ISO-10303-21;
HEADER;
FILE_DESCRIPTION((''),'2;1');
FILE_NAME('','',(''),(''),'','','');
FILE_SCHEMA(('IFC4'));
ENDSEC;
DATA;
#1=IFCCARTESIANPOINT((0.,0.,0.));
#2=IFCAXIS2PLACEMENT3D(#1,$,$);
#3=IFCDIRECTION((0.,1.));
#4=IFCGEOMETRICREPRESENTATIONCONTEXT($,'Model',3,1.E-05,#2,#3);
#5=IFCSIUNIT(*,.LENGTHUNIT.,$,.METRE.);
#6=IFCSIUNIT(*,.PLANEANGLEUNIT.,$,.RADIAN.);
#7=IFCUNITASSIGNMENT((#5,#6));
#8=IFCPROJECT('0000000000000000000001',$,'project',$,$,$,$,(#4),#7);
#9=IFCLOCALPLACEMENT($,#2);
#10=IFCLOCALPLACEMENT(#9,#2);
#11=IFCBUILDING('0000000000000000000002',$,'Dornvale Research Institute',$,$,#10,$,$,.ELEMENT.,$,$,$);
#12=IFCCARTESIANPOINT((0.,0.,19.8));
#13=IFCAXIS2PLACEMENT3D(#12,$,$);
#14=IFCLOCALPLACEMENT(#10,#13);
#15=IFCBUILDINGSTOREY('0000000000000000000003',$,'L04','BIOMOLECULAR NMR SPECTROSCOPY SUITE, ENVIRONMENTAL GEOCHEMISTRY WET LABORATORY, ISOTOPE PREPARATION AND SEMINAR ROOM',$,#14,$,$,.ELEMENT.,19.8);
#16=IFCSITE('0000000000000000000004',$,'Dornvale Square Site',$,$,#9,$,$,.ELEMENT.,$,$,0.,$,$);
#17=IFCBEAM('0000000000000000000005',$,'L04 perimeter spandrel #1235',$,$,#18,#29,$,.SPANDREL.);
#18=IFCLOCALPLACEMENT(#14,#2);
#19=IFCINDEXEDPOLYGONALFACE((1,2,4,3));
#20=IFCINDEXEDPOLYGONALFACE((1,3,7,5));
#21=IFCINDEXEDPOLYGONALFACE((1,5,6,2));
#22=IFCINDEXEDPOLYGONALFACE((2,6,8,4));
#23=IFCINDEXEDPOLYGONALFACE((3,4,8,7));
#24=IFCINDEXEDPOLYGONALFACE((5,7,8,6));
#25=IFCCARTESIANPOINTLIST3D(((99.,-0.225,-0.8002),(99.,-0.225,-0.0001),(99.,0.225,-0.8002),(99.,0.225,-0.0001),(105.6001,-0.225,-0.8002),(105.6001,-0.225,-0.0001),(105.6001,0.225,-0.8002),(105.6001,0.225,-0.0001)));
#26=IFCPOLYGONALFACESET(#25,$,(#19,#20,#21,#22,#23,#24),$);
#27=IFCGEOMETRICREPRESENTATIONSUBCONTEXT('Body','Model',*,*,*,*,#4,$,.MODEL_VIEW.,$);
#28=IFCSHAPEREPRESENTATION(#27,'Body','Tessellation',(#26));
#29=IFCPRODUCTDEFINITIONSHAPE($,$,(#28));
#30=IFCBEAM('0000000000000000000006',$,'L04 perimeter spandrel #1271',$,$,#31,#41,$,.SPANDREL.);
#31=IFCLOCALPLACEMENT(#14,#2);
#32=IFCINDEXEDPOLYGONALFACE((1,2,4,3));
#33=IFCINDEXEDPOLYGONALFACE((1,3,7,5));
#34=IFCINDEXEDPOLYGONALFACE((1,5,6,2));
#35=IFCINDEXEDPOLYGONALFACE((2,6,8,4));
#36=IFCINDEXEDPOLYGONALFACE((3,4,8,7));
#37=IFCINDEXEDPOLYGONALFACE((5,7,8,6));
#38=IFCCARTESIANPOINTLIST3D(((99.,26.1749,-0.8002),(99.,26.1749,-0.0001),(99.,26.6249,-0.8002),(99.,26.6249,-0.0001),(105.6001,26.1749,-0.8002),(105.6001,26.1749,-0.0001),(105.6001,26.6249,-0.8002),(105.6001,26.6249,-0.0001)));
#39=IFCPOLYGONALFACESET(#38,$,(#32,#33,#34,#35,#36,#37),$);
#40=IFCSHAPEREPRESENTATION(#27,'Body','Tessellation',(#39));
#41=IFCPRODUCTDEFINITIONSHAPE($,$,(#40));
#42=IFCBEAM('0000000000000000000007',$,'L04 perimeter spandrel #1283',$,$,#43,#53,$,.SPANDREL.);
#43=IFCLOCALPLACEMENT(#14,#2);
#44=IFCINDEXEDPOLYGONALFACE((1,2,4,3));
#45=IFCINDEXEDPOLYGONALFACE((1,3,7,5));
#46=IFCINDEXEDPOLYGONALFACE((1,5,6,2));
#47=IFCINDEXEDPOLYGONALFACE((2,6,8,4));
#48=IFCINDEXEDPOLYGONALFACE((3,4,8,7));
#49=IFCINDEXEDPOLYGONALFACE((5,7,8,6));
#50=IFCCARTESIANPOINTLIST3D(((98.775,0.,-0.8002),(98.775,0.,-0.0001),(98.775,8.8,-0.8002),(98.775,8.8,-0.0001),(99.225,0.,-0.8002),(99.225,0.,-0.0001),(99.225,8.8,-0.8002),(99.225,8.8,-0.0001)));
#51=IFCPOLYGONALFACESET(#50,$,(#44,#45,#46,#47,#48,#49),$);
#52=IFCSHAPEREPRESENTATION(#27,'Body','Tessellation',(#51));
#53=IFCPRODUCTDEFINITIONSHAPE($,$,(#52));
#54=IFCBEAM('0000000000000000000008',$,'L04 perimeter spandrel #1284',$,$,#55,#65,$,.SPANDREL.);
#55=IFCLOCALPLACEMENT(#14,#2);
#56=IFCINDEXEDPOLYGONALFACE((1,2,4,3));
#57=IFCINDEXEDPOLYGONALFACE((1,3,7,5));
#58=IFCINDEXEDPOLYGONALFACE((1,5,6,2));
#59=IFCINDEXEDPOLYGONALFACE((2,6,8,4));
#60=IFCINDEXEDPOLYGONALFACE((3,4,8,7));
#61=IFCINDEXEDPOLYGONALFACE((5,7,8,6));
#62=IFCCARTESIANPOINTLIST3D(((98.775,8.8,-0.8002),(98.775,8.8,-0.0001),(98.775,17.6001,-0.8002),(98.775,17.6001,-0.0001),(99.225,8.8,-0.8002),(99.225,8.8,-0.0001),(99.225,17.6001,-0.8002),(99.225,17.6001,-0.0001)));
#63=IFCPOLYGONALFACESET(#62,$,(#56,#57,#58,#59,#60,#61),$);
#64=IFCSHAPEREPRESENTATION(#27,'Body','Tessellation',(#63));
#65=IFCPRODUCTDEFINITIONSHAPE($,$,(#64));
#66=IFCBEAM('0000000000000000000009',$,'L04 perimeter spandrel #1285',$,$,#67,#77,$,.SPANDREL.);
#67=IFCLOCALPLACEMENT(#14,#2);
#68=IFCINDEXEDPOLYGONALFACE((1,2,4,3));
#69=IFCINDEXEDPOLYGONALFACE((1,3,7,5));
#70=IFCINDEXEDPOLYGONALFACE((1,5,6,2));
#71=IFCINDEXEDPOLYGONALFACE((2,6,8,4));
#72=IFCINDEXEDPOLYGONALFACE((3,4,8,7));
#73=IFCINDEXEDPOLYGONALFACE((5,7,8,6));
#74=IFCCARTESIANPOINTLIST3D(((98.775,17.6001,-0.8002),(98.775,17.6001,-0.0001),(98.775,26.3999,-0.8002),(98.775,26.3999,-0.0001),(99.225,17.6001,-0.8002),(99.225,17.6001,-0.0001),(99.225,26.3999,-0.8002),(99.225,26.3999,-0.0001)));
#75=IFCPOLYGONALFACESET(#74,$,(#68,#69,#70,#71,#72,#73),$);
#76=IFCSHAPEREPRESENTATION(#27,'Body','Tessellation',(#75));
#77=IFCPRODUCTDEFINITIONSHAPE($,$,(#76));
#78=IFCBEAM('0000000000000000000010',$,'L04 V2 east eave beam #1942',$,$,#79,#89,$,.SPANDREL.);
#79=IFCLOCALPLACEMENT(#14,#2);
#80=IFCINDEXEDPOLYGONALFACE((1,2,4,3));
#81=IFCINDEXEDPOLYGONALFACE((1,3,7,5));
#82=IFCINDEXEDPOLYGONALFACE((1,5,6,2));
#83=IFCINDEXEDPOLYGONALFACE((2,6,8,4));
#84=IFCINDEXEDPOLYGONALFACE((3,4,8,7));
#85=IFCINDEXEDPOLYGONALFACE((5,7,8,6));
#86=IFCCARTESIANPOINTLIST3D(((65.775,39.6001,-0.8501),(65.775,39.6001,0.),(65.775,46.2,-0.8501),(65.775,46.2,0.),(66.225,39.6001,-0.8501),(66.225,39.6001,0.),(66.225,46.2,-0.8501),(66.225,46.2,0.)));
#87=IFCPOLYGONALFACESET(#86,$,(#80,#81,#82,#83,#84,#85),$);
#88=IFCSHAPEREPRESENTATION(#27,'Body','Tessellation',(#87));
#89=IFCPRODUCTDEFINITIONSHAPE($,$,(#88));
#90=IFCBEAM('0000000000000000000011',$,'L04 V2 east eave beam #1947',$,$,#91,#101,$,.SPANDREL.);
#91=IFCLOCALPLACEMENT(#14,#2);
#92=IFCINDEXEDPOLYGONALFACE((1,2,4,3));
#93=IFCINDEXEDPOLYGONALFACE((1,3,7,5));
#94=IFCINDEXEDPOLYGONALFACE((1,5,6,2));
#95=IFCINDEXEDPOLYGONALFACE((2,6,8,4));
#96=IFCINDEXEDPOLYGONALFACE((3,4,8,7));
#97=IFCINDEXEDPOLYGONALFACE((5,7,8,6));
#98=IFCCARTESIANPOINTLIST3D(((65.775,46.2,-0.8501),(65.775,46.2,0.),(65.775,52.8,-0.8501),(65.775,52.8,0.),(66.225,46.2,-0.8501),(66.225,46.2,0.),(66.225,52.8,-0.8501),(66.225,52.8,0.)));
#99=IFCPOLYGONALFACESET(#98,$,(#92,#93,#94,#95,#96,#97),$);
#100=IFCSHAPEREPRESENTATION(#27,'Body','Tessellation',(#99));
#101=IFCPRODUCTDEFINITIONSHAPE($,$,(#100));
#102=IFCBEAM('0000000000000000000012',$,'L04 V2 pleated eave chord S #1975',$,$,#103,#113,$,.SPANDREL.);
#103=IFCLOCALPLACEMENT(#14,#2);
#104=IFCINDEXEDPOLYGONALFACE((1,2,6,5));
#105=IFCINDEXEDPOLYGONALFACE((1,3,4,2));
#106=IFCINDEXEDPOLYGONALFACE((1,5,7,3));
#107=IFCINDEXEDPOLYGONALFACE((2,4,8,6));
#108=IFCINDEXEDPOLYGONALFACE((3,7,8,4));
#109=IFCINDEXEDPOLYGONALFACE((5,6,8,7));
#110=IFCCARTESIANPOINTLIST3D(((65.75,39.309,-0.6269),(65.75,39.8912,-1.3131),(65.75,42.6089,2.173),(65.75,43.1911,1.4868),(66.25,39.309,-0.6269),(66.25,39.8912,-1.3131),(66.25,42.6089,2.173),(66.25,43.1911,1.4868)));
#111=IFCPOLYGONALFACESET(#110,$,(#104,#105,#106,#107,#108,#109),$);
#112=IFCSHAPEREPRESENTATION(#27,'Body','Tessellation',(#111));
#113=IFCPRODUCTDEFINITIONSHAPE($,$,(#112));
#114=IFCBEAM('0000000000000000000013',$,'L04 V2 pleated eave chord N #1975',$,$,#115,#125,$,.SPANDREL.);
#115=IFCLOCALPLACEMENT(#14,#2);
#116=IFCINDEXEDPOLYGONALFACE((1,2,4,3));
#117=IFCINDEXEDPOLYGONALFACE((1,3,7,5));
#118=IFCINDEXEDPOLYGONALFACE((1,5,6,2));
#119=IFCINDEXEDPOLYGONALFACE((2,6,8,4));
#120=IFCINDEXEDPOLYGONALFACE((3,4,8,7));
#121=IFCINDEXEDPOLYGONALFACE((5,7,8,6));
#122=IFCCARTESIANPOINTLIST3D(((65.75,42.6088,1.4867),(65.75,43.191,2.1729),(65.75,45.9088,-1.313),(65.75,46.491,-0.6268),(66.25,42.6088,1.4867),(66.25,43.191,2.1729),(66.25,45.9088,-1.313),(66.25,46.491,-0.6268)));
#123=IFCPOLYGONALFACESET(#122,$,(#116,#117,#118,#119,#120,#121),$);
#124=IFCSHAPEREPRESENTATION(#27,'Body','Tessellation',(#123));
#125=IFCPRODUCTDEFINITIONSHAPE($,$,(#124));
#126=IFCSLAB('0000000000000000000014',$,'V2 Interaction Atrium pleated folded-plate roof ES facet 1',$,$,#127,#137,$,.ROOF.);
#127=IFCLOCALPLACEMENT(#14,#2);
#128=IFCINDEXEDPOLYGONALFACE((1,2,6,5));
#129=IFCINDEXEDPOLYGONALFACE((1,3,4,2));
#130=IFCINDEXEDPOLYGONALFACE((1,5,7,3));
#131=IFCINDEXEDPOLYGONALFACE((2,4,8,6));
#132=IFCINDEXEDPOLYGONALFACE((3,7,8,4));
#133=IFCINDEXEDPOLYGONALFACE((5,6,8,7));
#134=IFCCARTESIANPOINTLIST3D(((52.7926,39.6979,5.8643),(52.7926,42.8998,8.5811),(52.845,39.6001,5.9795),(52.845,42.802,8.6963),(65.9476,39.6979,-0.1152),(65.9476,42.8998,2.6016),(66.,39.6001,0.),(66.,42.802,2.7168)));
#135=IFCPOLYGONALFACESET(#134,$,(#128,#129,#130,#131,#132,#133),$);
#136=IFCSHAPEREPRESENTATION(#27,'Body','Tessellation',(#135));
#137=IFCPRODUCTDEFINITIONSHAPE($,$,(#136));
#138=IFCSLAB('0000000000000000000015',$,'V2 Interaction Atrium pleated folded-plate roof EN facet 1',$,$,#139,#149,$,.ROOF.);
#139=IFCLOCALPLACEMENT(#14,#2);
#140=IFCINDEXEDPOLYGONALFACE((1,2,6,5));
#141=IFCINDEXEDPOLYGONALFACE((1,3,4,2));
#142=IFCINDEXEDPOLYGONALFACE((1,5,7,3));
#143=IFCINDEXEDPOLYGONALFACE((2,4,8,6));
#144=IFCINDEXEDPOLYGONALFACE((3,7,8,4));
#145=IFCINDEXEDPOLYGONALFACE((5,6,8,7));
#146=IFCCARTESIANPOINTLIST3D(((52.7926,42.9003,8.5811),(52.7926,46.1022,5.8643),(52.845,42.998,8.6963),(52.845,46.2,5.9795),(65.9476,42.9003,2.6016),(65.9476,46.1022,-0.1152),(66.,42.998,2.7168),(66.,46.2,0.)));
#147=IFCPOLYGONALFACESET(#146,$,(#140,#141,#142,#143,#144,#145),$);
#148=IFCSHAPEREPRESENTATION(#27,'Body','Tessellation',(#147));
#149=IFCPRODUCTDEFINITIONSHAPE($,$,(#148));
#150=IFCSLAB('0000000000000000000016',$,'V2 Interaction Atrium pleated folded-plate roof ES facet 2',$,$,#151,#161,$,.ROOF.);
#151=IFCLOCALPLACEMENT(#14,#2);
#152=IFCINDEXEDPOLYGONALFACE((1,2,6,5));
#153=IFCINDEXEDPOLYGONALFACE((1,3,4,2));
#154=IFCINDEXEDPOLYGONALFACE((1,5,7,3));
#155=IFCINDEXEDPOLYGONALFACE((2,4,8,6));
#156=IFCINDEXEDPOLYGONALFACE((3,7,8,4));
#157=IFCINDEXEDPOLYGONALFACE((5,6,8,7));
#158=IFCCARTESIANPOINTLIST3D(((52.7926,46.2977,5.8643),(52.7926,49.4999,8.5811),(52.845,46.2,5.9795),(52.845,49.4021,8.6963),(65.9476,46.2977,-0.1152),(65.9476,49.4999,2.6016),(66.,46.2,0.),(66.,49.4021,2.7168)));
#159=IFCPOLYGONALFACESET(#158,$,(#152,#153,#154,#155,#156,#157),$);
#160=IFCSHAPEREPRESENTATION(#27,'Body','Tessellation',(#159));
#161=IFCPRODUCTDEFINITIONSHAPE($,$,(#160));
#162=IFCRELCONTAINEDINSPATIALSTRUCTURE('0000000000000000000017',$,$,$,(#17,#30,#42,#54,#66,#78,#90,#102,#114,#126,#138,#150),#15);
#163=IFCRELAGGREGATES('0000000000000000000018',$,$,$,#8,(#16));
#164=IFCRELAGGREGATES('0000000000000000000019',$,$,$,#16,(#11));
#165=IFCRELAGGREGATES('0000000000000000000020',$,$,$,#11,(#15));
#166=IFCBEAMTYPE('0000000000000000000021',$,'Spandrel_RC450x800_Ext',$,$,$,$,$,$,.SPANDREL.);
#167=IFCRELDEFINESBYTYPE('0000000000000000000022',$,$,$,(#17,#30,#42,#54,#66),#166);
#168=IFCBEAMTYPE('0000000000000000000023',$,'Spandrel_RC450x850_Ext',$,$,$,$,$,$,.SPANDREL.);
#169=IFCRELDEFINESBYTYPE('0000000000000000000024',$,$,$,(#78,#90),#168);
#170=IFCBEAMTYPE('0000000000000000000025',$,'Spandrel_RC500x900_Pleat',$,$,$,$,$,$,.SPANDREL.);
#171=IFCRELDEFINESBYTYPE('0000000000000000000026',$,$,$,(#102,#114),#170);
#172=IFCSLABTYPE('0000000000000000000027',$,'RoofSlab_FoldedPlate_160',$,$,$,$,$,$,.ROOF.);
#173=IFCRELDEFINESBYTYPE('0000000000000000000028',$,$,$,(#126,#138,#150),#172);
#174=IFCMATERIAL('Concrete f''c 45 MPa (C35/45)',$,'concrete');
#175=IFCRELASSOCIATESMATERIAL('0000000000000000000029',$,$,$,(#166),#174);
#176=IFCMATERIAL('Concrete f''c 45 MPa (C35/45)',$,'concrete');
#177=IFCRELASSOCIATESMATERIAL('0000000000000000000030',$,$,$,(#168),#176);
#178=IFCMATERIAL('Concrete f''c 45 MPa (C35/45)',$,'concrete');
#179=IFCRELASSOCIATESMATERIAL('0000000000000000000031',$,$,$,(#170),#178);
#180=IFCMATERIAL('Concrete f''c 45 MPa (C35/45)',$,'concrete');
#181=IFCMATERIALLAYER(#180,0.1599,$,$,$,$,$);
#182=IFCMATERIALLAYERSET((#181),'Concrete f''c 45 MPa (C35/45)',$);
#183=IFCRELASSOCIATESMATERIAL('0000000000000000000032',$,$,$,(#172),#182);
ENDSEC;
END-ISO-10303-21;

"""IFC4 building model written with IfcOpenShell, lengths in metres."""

from ifc_helpers import new_model, si_unit, direction, frame, origin, origin_2d, place, context, subcontext, project, spatial, polyline, rectangle, outline, extrude, material, layer, layer_set, material_profile, profile_set, type_object, element, save


model = new_model("IFC4")

# Units and contexts
model_context = context("Model", 3, precision=1e-05, world=origin(), true_north=direction((0.0, 1.0)))
body_context = subcontext(model_context, "Body", "Model", "MODEL_VIEW")
ifc_project = project(units=[si_unit("LENGTHUNIT", "METRE"), si_unit("PLANEANGLEUNIT", "RADIAN")], contexts=[model_context])

# Site, building, storey
site_placement = place(None, origin())
site = spatial("IfcSite", under=ifc_project, at=site_placement, Name="Dornvale Square Site", CompositionType="ELEMENT", RefElevation=0.0)
building_placement = place(site_placement, origin())
building = spatial("IfcBuilding", under=site, at=building_placement, Name="Dornvale Research Institute", CompositionType="ELEMENT")
storey_placement = place(building_placement, frame((0.0, 0.0, 19.8)))
storey = spatial("IfcBuildingStorey", under=building, at=storey_placement, Name="L04", Description="BIOMOLECULAR NMR SPECTROSCOPY SUITE, ENVIRONMENTAL GEOCHEMISTRY WET LABORATORY, ISOTOPE PREPARATION AND SEMINAR ROOM", CompositionType="ELEMENT", Elevation=19.8)

# Beams
ifc_material_1 = material(Name="Concrete f'c 45 MPa (C35/45)", Category="concrete")
ifc_material_profile_1 = material_profile(ifc_material_1, rectangle(XDim=0.45, YDim=0.8, at=origin_2d()), Name="RC 450x800")
ifc_profile_set_1 = profile_set([ifc_material_profile_1], Name="Concrete f'c 45 MPa (C35/45)")
beam_type_1 = type_object("IfcBeamType", Name="Spandrel_RC450x800_Ext", PredefinedType="SPANDREL", material=ifc_profile_set_1)
for number, where, z_axis, x_axis, name in (
    (1, (99.0, 0.0, -0.4001), (1.0, 0.0, 0.0), (0.0, 1.0, 0.0), "L04 perimeter spandrel #1235"),
    (2, (99.0, 26.3999, -0.4001), (1.0, 0.0, 0.0), (0.0, 1.0, 0.0), "L04 perimeter spandrel #1271"),
):
    element("IfcBeam", number, at=place(storey_placement, frame(where, z_axis=z_axis, x_axis=x_axis)), inside=storey, type_object=beam_type_1, Name=name, PredefinedType="SPANDREL", context=body_context, shape_type="SweptSolid", body=[
        extrude(rectangle(XDim=0.45, YDim=0.8, at=origin_2d()), origin(), (0.0, 0.0, 1.0), 6.6001),
    ])
for number, where, z_axis, x_axis, name in (
    (3, (99.0, 0.0, -0.4001), (0.0, 1.0, 0.0), (-1.0, 0.0, 0.0), "L04 perimeter spandrel #1283"),
    (4, (99.0, 8.8, -0.4001), (0.0, 1.0, 0.0), (-1.0, 0.0, 0.0), "L04 perimeter spandrel #1284"),
):
    element("IfcBeam", number, at=place(storey_placement, frame(where, z_axis=z_axis, x_axis=x_axis)), inside=storey, type_object=beam_type_1, Name=name, PredefinedType="SPANDREL", context=body_context, shape_type="SweptSolid", body=[
        extrude(rectangle(XDim=0.45, YDim=0.8, at=origin_2d()), origin(), (0.0, 0.0, 1.0), 8.8),
    ])
beam_1_placement = place(storey_placement, frame((99.0, 17.6001, -0.4001), z_axis=(0.0, 1.0, 0.0), x_axis=(-1.0, 0.0, 0.0)))
element("IfcBeam", 5, at=beam_1_placement, inside=storey, type_object=beam_type_1, Name="L04 perimeter spandrel #1285", PredefinedType="SPANDREL", context=body_context, shape_type="SweptSolid", body=[
    extrude(rectangle(XDim=0.45, YDim=0.8, at=origin_2d()), origin(), (0.0, 0.0, 1.0), 8.7998),
])
ifc_material_2 = material(Name="Concrete f'c 45 MPa (C35/45)", Category="concrete")
ifc_material_profile_2 = material_profile(ifc_material_2, rectangle(XDim=0.45, YDim=0.8501, at=origin_2d()), Name="RC 450x850")
ifc_profile_set_2 = profile_set([ifc_material_profile_2], Name="Concrete f'c 45 MPa (C35/45)")
beam_type_2 = type_object("IfcBeamType", Name="Spandrel_RC450x850_Ext", PredefinedType="SPANDREL", material=ifc_profile_set_2)
beam_2_placement = place(storey_placement, frame((66.0, 39.6001, -0.425), z_axis=(0.0, 1.0, 0.0), x_axis=(-1.0, 0.0, 0.0)))
element("IfcBeam", 6, at=beam_2_placement, inside=storey, type_object=beam_type_2, Name="L04 V2 east eave beam #1942", PredefinedType="SPANDREL", context=body_context, shape_type="SweptSolid", body=[
    extrude(rectangle(XDim=0.45, YDim=0.8501, at=origin_2d()), origin(), (0.0, 0.0, 1.0), 6.5999),
])
beam_3_placement = place(storey_placement, frame((66.0, 46.2, -0.425), z_axis=(0.0, 1.0, 0.0), x_axis=(-1.0, 0.0, 0.0)))
element("IfcBeam", 7, at=beam_3_placement, inside=storey, type_object=beam_type_2, Name="L04 V2 east eave beam #1947", PredefinedType="SPANDREL", context=body_context, shape_type="SweptSolid", body=[
    extrude(rectangle(XDim=0.45, YDim=0.8501, at=origin_2d()), origin(), (0.0, 0.0, 1.0), 6.6001),
])
ifc_material_3 = material(Name="Concrete f'c 45 MPa (C35/45)", Category="concrete")
ifc_material_profile_3 = material_profile(ifc_material_3, rectangle(XDim=0.5, YDim=0.8999, at=origin_2d()), Name="RC 500x900")
ifc_profile_set_3 = profile_set([ifc_material_profile_3], Name="Concrete f'c 45 MPa (C35/45)")
beam_type_3 = type_object("IfcBeamType", Name="Spandrel_RC500x900_Pleat", PredefinedType="SPANDREL", material=ifc_profile_set_3)
for number, where, z_axis, x_axis, name in (
    (8, (66.0, 39.6001, -0.97), (0.0, 0.762513, 0.646973), (-1.0, 0.0, 0.0), "L04 V2 pleated eave chord S #1975"),
    (9, (66.0, 42.8999, 1.8298), (0.0, 0.762536, -0.646946), (-1.0, 0.0, 0.0), "L04 V2 pleated eave chord N #1975"),
):
    element("IfcBeam", number, at=place(storey_placement, frame(where, z_axis=z_axis, x_axis=x_axis)), inside=storey, type_object=beam_type_3, Name=name, PredefinedType="SPANDREL", context=body_context, shape_type="SweptSolid", body=[
        extrude(rectangle(XDim=0.5, YDim=0.8999, at=origin_2d()), origin(), (0.0, 0.0, 1.0), 4.3276),
    ])

# Slabs
ifc_material_4 = material(Name="Concrete f'c 45 MPa (C35/45)", Category="concrete")
ifc_layer_1 = layer(ifc_material_4, 0.1599)
ifc_layer_set_1 = layer_set([ifc_layer_1], Name="Concrete f'c 45 MPa (C35/45)")
slab_type = type_object("IfcSlabType", Name="RoofSlab_FoldedPlate_160", PredefinedType="ROOF", material=ifc_layer_set_1)
slab_1_placement = place(storey_placement, frame((52.845, 39.6001, 5.9795), z_axis=(0.327478, -0.611306, 0.72046), x_axis=(0.910368, 0.0, -0.413799)))
element("IfcSlab", 10, at=slab_1_placement, inside=storey, type_object=slab_type, Name="V2 Interaction Atrium pleated folded-plate roof ES facet 1", PredefinedType="ROOF", context=body_context, shape_type="SweptSolid", body=[
    extrude(outline(polyline([(0.0, 0.0), (14.4502, 0.0), (13.326, 4.0459), (-1.1242, 4.0459), (0.0, 0.0)])), origin(), (0.0, 0.0, -1.0), 0.1599),
])
slab_2_placement = place(storey_placement, frame((52.845, 42.998, 8.6963), z_axis=(0.327478, 0.611306, 0.72046), x_axis=(0.910368, 0.0, -0.413799)))
element("IfcSlab", 11, at=slab_2_placement, inside=storey, type_object=slab_type, Name="V2 Interaction Atrium pleated folded-plate roof EN facet 1", PredefinedType="ROOF", context=body_context, shape_type="SweptSolid", body=[
    extrude(outline(polyline([(0.0, 0.0), (14.4502, 0.0), (15.5744, 4.0459), (1.1242, 4.0459), (0.0, 0.0)])), origin(), (0.0, 0.0, -1.0), 0.1599),
])
slab_3_placement = place(storey_placement, frame((52.845, 46.2, 5.9795), z_axis=(0.327488, -0.611277, 0.720481), x_axis=(0.910368, 0.0, -0.413799)))
element("IfcSlab", 12, at=slab_3_placement, inside=storey, type_object=slab_type, Name="V2 Interaction Atrium pleated folded-plate roof ES facet 2", PredefinedType="ROOF", context=body_context, shape_type="SweptSolid", body=[
    extrude(outline(polyline([(0.0, 0.0), (14.4502, 0.0), (13.326, 4.0461), (-1.1242, 4.0461), (0.0, 0.0)])), origin(), (0.0, 0.0, -1.0), 0.1599),
])

save(model, "model.ifc")
